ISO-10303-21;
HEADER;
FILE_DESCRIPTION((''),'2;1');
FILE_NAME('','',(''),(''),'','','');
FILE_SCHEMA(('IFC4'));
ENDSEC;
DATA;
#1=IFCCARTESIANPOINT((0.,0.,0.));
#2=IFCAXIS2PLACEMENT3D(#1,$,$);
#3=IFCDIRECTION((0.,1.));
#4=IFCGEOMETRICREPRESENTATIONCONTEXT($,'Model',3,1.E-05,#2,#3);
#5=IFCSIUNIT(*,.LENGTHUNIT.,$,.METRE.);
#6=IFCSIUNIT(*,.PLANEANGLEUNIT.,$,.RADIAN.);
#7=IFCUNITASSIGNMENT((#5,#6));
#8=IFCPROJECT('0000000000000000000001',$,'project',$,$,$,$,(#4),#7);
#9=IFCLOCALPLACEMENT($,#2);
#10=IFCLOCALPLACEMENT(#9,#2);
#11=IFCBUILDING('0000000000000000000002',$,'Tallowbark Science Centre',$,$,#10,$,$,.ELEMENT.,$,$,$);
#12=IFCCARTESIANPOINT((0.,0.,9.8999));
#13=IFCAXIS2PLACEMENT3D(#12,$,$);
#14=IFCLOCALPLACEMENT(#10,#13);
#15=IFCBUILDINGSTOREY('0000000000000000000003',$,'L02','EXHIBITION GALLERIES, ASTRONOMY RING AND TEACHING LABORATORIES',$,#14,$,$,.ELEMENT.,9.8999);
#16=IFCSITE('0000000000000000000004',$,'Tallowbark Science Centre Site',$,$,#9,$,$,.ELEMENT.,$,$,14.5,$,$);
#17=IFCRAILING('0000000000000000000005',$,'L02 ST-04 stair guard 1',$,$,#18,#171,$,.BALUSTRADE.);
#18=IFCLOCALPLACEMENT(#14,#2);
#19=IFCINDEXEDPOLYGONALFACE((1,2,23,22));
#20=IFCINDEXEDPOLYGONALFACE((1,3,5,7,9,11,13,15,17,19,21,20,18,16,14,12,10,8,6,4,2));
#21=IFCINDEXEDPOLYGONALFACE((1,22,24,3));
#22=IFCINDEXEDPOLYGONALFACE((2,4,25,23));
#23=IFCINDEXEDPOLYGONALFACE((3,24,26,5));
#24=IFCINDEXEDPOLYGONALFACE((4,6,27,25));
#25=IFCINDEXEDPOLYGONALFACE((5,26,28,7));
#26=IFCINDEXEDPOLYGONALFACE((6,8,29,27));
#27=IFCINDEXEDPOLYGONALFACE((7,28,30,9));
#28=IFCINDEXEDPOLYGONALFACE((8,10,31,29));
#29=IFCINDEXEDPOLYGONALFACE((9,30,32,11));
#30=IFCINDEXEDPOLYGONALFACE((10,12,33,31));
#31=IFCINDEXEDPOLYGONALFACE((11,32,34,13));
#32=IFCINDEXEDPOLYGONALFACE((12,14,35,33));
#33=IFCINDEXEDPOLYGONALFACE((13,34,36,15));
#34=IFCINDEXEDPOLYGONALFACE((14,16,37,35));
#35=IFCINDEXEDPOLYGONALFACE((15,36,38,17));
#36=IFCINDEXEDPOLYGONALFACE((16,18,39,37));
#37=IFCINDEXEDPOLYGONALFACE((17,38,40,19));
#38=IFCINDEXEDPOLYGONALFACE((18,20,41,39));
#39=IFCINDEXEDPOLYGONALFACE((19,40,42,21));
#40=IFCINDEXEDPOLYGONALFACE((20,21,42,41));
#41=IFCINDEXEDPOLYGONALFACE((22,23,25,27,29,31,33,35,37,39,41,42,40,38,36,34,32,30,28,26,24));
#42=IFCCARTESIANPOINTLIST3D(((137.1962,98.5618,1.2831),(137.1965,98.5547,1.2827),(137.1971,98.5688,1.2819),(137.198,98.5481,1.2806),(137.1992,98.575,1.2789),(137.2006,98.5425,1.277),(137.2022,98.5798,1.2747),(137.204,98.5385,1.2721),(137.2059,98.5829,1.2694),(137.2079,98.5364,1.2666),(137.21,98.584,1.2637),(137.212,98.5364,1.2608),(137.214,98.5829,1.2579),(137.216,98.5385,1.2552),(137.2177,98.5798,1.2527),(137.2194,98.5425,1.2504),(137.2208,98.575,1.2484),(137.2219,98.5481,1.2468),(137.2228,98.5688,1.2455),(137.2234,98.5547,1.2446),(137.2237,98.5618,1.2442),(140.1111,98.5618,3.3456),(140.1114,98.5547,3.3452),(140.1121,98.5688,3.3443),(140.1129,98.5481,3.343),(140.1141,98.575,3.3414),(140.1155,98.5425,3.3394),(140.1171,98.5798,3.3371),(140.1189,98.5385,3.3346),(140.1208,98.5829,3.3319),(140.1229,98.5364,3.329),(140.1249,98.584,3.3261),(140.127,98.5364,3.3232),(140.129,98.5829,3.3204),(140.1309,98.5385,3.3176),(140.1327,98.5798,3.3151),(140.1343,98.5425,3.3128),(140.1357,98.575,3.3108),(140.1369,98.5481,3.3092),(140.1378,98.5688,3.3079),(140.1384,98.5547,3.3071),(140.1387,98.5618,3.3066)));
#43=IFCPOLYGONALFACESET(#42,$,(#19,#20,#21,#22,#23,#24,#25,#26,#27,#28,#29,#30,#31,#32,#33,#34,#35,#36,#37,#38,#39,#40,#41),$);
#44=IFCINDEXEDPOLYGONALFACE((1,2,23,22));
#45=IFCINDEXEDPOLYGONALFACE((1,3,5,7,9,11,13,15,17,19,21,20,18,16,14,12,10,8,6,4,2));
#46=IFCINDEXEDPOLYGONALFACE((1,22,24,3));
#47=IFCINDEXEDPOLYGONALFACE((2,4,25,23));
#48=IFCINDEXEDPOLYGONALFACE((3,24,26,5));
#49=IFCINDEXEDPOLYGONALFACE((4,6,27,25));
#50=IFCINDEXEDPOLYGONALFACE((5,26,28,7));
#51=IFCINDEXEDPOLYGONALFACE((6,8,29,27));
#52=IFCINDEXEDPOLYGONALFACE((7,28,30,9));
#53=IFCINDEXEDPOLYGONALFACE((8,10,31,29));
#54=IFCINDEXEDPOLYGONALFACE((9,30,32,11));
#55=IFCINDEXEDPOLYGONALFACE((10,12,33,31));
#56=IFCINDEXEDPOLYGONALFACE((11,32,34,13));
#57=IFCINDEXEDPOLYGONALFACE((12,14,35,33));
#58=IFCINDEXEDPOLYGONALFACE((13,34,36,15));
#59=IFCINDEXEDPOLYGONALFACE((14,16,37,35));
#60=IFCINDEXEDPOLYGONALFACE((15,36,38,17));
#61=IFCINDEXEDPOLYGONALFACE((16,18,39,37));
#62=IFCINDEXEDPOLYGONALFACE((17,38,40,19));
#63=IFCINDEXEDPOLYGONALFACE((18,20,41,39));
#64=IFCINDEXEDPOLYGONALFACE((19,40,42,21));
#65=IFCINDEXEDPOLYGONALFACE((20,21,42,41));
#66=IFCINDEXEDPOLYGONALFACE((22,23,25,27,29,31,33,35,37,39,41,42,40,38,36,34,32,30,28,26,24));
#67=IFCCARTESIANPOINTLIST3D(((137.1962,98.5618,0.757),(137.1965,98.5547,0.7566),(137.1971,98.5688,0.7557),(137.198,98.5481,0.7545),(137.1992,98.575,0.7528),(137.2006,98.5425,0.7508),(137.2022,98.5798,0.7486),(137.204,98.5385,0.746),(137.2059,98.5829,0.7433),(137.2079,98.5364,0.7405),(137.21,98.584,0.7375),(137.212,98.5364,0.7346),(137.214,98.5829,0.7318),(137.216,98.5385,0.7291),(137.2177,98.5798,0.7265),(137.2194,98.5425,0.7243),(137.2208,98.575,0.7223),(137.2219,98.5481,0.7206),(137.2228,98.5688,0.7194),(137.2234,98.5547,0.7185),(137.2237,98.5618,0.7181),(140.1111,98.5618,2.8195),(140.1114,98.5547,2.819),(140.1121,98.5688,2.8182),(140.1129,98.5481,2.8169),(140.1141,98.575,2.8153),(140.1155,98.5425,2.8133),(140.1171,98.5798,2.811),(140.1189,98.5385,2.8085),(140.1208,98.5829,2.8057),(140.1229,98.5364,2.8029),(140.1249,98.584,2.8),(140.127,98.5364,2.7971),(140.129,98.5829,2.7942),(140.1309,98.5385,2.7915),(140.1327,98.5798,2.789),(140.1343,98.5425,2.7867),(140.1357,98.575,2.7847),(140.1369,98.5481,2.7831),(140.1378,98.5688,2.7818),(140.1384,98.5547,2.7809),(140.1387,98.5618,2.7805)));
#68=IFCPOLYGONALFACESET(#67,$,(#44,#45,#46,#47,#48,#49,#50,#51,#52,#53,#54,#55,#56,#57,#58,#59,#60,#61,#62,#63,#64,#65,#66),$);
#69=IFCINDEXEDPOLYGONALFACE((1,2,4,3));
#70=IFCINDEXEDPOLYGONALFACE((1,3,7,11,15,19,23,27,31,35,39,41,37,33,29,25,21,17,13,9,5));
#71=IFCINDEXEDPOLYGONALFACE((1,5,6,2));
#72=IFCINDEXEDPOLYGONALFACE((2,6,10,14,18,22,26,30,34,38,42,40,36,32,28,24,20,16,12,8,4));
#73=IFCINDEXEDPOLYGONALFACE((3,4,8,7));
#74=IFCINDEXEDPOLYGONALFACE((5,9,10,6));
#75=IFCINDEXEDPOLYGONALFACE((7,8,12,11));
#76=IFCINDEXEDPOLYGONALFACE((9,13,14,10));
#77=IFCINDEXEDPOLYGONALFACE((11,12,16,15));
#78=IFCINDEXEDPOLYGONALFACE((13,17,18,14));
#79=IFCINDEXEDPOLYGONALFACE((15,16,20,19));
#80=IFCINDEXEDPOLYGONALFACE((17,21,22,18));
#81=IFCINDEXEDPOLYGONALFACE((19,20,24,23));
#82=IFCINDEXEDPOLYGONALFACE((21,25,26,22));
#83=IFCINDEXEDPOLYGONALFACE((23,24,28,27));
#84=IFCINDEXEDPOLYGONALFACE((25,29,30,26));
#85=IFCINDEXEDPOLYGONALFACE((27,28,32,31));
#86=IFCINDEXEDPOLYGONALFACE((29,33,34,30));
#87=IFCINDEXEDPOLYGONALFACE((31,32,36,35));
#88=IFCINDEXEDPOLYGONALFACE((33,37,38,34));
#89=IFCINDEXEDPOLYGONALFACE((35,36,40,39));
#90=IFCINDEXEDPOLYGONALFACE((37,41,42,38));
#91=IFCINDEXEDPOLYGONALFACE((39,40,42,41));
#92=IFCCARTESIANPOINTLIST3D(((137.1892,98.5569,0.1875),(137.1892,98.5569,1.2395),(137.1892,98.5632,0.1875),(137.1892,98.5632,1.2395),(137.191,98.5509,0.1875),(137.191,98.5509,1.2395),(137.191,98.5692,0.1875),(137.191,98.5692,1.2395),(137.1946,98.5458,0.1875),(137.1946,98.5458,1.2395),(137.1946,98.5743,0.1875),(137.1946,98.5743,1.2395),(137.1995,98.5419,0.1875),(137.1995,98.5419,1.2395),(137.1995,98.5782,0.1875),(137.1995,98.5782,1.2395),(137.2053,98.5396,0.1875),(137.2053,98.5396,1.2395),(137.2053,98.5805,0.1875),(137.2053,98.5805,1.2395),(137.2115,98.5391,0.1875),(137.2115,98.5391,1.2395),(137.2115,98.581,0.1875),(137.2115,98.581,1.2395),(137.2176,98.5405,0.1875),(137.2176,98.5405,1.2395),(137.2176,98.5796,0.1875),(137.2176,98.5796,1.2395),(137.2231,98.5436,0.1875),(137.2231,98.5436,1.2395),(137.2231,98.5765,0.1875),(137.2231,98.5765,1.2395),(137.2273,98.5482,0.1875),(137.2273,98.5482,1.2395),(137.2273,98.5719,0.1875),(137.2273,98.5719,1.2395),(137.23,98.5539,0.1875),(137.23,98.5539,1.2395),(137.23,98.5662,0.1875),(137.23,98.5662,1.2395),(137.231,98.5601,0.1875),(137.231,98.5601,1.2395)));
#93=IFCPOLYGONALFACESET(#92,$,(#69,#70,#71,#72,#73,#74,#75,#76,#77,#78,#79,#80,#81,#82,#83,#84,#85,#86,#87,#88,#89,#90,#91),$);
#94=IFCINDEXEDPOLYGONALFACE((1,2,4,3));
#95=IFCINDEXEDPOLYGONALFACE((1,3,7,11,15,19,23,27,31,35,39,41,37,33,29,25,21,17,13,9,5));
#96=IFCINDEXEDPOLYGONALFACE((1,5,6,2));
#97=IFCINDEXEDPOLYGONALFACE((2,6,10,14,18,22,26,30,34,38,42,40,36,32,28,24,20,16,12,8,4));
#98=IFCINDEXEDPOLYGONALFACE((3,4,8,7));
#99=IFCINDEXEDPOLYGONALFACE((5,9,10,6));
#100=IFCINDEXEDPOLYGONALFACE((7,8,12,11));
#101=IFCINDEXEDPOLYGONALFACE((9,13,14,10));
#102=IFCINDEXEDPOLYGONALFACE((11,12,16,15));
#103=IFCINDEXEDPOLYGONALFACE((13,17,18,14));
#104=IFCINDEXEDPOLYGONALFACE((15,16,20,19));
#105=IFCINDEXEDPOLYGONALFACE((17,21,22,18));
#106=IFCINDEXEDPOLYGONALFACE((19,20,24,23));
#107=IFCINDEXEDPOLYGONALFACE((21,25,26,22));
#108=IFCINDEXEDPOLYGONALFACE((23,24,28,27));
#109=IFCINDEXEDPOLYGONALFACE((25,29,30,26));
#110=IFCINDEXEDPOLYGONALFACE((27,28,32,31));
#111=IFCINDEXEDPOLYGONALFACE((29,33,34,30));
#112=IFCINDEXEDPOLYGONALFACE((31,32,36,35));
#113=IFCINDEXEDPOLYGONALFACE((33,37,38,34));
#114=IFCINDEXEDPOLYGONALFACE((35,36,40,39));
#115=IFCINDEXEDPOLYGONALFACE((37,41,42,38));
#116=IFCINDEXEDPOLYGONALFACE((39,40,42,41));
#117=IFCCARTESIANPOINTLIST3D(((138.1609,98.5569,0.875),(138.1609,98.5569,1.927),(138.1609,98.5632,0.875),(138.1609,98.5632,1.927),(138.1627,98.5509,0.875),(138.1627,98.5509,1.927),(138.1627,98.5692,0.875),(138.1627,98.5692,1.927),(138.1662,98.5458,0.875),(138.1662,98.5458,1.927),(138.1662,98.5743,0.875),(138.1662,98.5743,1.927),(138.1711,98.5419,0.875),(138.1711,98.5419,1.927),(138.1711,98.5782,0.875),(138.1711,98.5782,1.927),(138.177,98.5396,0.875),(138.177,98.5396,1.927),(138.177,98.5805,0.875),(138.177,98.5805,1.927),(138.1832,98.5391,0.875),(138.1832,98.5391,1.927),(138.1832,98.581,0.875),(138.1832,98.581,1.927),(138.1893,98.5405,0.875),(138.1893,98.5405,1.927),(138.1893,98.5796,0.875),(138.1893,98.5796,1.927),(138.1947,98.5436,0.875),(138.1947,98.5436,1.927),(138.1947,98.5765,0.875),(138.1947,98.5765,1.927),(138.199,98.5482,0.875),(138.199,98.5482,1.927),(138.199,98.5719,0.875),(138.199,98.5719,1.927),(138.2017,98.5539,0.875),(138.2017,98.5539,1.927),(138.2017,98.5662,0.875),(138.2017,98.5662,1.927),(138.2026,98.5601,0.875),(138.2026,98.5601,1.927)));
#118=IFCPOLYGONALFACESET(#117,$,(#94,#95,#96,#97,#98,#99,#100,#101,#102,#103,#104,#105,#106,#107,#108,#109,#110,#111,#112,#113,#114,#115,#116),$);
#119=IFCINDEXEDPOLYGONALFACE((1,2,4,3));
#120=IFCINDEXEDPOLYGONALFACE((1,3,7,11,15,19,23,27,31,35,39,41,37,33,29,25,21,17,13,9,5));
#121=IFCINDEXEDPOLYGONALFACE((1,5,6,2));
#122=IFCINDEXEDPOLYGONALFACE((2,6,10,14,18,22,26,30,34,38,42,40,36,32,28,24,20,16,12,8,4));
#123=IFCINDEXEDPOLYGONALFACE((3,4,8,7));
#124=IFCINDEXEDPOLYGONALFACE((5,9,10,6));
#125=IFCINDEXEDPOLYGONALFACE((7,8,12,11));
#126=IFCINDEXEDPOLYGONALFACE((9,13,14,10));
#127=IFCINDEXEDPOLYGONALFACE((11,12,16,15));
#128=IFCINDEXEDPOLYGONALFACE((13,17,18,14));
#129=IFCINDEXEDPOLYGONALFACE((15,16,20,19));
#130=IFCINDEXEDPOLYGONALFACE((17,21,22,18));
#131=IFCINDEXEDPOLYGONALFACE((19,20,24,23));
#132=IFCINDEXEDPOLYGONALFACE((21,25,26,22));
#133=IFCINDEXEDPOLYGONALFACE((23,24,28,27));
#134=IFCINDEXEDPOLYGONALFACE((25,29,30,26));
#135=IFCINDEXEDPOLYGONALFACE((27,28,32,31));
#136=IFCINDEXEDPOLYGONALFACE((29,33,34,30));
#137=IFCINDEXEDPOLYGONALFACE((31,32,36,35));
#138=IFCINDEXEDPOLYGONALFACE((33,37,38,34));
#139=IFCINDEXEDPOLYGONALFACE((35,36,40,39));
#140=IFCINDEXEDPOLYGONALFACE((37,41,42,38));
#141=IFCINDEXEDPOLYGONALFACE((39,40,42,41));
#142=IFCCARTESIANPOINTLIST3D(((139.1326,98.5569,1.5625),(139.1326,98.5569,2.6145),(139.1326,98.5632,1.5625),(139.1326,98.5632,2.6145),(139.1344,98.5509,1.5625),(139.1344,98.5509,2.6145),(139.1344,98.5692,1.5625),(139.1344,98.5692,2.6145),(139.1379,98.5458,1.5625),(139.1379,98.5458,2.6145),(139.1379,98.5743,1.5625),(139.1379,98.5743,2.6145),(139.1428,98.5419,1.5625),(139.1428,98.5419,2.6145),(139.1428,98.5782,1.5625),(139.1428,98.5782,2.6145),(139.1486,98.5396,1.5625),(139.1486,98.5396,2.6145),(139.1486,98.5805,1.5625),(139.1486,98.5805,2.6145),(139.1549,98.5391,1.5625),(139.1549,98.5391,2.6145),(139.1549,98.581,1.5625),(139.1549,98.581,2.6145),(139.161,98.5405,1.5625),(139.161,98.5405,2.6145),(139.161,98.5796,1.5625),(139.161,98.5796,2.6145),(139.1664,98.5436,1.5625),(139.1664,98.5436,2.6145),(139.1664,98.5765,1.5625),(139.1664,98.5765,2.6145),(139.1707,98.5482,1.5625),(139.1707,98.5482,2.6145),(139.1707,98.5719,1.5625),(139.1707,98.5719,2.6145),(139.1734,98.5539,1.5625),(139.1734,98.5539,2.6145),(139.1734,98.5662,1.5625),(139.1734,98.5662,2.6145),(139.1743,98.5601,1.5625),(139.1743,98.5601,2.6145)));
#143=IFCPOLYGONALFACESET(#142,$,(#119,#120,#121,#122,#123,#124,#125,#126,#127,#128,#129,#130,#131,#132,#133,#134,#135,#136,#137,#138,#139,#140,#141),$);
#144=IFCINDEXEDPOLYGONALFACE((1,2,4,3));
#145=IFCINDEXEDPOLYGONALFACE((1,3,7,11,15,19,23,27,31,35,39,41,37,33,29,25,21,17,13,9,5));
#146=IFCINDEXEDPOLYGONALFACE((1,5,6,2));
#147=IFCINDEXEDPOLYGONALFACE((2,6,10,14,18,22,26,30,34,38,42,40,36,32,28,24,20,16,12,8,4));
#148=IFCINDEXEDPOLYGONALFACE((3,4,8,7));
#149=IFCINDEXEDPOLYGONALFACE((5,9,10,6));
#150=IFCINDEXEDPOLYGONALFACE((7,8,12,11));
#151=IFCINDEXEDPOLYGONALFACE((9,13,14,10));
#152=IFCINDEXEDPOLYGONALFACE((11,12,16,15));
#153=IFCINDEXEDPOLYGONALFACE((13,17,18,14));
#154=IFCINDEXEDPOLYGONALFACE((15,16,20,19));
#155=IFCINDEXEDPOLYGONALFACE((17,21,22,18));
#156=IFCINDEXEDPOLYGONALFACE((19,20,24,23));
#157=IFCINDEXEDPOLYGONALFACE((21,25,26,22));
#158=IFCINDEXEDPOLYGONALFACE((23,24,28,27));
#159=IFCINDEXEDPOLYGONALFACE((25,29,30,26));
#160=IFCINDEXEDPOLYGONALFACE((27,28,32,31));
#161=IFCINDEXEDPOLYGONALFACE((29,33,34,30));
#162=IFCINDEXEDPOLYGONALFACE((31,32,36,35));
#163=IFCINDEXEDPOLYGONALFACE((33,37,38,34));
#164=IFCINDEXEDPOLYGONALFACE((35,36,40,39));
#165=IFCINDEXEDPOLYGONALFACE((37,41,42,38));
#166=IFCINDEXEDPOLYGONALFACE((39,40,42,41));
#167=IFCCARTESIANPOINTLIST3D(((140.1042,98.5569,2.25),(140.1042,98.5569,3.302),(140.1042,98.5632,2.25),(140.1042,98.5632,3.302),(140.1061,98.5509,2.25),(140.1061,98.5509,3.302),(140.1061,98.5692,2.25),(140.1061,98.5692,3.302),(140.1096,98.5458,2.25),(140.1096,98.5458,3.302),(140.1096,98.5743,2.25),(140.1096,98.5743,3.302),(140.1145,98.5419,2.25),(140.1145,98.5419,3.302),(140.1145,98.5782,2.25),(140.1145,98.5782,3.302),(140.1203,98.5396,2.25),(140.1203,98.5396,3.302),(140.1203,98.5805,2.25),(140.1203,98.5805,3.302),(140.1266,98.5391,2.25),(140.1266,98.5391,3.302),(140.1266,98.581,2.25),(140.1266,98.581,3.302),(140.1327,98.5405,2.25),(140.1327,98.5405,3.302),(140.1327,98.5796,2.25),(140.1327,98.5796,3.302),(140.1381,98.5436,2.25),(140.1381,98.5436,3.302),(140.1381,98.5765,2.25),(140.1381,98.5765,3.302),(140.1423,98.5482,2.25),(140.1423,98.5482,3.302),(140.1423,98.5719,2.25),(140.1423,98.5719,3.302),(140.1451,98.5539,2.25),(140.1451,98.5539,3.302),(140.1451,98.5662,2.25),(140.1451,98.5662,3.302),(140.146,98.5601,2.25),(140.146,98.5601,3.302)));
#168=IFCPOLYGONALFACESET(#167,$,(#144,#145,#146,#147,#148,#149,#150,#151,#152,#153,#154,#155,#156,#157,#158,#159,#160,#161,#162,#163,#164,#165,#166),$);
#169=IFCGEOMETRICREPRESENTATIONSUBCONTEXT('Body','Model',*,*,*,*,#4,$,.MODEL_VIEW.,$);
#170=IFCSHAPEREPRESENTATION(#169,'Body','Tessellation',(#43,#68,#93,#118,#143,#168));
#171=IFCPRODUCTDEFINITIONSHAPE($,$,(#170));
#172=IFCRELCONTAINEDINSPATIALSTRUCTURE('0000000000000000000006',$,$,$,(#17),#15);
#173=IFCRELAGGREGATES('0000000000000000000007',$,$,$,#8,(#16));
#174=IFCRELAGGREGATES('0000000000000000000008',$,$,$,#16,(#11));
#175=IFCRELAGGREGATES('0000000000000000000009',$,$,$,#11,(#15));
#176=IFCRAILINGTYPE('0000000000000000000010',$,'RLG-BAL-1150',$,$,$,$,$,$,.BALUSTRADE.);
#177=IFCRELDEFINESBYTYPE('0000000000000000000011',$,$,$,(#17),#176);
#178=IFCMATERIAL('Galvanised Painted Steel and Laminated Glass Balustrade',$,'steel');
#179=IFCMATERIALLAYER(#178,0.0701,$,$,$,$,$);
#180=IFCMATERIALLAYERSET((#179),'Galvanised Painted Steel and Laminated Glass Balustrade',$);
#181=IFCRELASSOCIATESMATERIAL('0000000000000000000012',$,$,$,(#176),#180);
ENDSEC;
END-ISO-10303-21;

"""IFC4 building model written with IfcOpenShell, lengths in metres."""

from ifc_helpers import new_model, si_unit, direction, frame, origin, origin_2d, place, context, subcontext, project, spatial, circle, extrude, material, layer, layer_set, type_object, element, save


model = new_model("IFC4")

# Units and contexts
model_context = context("Model", 3, precision=1e-05, world=origin(), true_north=direction((0.0, 1.0)))
body_context = subcontext(model_context, "Body", "Model", "MODEL_VIEW")
ifc_project = project(units=[si_unit("LENGTHUNIT", "METRE"), si_unit("PLANEANGLEUNIT", "RADIAN")], contexts=[model_context])

# Site, building, storey
site_placement = place(None, origin())
site = spatial("IfcSite", under=ifc_project, at=site_placement, Name="Tallowbark Science Centre Site", CompositionType="ELEMENT", RefElevation=14.5)
building_placement = place(site_placement, origin())
building = spatial("IfcBuilding", under=site, at=building_placement, Name="Tallowbark Science Centre", CompositionType="ELEMENT")
storey_placement = place(building_placement, frame((0.0, 0.0, 9.8999)))
storey = spatial("IfcBuildingStorey", under=building, at=storey_placement, Name="L02", Description="EXHIBITION GALLERIES, ASTRONOMY RING AND TEACHING LABORATORIES", CompositionType="ELEMENT", Elevation=9.8999)

# Railing
ifc_material_1 = material(Name="Galvanised Painted Steel and Laminated Glass Balustrade", Category="steel")
ifc_layer_1 = layer(ifc_material_1, 0.0701)
ifc_layer_set_1 = layer_set([ifc_layer_1], Name="Galvanised Painted Steel and Laminated Glass Balustrade")
railing_type_1 = type_object("IfcRailingType", Name="RLG-BAL-1150", PredefinedType="BALUSTRADE", material=ifc_layer_set_1)
railing_1_placement = place(storey_placement, frame((137.21, 98.5601, 0.1875)))
element("IfcRailing", 1, at=railing_1_placement, inside=storey, type_object=railing_type_1, Name="L02 ST-04 stair guard 1", PredefinedType="BALUSTRADE", context=body_context, shape_type="SweptSolid", body=[
    extrude(circle(Radius=0.0239, at=origin_2d()), frame((0.0, 0.0, 1.0762), z_axis=(0.816331, 0.0, 0.577585), x_axis=(0.0, 1.0, 0.0)), (0.0, 0.0, 1.0), 3.5708),
    extrude(circle(Radius=0.0239, at=origin_2d()), frame((0.0, 0.0, 0.55), z_axis=(0.816331, 0.0, 0.577585), x_axis=(0.0, 1.0, 0.0)), (0.0, 0.0, 1.0), 3.5708),
    extrude(circle(Radius=0.021, at=origin_2d()), origin(), (0.0, 0.0, 1.0), 1.052),
    extrude(circle(Radius=0.021, at=origin_2d()), frame((0.9717, 0.0, 0.6875)), (0.0, 0.0, 1.0), 1.052),
    extrude(circle(Radius=0.021, at=origin_2d()), frame((1.9434, 0.0, 1.375)), (0.0, 0.0, 1.0), 1.052),
    extrude(circle(Radius=0.021, at=origin_2d()), frame((2.915, 0.0, 2.0625)), (0.0, 0.0, 1.0), 1.052),
])

save(model, "model.ifc")
